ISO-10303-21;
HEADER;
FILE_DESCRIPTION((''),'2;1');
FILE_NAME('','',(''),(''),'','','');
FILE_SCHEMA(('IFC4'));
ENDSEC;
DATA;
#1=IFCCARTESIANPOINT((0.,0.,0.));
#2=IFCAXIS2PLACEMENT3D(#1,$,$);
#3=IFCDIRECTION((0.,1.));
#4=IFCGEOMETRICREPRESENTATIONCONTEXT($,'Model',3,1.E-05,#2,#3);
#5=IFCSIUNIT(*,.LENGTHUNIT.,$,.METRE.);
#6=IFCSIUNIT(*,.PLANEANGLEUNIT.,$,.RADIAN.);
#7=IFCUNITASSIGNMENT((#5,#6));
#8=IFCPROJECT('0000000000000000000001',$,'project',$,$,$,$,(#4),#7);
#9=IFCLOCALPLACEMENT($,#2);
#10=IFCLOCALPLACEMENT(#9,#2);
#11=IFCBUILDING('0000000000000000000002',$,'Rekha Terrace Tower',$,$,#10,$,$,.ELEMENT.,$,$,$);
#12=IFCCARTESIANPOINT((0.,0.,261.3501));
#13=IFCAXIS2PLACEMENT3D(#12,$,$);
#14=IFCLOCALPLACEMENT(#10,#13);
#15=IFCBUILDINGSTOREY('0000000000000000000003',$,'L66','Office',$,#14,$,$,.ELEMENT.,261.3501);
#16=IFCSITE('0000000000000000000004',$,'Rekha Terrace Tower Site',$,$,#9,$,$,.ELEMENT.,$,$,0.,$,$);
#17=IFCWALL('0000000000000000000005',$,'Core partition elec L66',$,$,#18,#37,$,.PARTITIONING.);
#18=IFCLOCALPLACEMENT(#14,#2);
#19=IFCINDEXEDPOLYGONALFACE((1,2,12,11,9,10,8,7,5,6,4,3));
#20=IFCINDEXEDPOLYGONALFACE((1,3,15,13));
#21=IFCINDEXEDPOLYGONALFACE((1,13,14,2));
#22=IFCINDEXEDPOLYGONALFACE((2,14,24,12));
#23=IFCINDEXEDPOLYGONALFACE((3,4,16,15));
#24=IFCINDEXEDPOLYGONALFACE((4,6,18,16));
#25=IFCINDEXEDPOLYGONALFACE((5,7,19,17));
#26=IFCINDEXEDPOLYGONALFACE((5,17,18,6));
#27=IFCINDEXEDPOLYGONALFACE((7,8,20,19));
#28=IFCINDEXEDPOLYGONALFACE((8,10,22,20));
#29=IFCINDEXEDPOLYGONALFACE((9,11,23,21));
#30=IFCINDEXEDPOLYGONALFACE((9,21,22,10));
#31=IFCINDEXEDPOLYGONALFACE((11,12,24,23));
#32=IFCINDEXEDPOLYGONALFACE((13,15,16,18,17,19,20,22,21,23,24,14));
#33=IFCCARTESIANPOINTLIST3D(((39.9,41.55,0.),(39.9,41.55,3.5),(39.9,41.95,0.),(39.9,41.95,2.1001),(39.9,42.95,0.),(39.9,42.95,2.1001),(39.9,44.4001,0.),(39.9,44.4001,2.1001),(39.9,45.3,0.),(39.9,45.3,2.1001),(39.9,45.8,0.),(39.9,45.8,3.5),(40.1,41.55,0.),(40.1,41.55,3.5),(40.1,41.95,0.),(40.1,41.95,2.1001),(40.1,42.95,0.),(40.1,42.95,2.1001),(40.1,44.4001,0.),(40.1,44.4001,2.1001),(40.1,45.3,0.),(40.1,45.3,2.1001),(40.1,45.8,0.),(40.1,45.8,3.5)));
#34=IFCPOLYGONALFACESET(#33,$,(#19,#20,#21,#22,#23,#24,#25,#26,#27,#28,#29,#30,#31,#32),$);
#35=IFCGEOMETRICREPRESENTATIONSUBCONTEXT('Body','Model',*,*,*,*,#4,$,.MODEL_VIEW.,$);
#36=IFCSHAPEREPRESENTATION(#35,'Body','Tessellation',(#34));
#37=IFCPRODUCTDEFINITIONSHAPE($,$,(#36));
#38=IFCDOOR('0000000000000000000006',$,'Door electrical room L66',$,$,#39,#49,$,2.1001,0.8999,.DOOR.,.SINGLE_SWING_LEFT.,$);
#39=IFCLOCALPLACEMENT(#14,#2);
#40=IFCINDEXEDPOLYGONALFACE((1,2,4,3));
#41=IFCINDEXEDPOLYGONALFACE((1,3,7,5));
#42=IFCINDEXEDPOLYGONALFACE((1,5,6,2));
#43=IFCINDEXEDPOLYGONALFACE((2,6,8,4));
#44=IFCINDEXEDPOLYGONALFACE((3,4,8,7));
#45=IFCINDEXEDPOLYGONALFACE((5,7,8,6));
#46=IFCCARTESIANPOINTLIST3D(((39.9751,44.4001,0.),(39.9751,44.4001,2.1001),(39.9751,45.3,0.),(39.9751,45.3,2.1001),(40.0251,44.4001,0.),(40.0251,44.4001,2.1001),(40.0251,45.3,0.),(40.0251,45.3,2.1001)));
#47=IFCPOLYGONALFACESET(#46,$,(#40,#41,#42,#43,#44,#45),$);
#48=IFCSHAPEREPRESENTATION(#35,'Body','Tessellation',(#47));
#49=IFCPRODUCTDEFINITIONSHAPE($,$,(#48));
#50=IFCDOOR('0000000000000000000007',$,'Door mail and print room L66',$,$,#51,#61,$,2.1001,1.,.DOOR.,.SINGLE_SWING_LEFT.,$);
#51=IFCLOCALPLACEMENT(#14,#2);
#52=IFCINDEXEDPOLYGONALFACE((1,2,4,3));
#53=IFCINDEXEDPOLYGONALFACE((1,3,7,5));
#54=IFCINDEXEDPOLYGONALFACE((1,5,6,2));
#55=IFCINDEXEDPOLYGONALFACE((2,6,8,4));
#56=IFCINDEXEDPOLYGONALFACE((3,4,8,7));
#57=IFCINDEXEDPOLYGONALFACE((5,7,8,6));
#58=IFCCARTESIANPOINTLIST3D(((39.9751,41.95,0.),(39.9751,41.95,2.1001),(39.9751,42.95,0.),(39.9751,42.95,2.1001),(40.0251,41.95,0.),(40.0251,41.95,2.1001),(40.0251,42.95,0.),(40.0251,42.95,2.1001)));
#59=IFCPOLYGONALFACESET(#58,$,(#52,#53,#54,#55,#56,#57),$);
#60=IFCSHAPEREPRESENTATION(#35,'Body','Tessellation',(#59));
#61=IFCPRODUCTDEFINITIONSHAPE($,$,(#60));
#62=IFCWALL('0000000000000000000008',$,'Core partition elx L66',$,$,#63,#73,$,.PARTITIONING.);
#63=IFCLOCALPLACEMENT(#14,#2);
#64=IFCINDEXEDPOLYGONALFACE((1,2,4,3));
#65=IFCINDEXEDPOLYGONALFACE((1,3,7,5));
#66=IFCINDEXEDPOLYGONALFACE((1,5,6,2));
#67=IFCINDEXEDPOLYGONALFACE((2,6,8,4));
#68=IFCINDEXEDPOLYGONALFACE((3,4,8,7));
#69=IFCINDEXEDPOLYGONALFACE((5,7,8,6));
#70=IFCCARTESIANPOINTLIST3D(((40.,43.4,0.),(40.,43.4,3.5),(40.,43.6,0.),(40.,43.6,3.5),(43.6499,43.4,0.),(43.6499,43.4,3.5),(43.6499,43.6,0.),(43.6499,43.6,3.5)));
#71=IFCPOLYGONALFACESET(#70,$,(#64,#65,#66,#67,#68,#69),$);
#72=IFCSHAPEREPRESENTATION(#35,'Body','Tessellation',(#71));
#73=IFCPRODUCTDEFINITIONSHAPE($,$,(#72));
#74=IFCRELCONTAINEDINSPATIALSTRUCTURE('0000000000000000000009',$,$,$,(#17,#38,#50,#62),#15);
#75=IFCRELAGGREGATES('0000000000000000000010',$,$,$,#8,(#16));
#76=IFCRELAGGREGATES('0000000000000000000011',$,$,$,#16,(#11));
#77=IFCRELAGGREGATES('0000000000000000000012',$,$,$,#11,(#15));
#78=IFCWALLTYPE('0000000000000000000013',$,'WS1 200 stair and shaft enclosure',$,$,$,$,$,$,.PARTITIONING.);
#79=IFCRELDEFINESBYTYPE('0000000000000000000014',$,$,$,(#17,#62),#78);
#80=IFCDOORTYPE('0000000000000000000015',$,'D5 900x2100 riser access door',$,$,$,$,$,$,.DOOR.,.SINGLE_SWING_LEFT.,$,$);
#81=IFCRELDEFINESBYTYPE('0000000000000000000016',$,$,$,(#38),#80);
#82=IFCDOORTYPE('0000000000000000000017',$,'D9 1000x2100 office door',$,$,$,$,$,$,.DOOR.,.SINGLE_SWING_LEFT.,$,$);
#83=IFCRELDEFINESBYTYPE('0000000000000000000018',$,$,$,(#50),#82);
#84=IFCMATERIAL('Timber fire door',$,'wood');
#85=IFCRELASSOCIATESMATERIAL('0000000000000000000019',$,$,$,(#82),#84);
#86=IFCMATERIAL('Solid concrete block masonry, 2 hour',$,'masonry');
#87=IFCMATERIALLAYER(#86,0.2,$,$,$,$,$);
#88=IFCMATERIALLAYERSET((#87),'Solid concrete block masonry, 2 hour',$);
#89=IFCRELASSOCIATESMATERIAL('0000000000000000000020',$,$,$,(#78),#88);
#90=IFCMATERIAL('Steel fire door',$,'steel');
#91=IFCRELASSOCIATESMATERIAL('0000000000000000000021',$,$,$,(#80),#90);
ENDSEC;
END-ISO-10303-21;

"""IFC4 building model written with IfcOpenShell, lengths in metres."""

from ifc_helpers import new_model, si_unit, direction, frame, frame_2d, origin, place, context, subcontext, project, spatial, rectangle, extrude, material, layer, layer_set, type_object, element, fill, save


model = new_model("IFC4")

# Units and contexts
model_context = context("Model", 3, precision=1e-05, world=origin(), true_north=direction((0.0, 1.0)))
body_context = subcontext(model_context, "Body", "Model", "MODEL_VIEW")
ifc_project = project(units=[si_unit("LENGTHUNIT", "METRE"), si_unit("PLANEANGLEUNIT", "RADIAN")], contexts=[model_context])

# Site, building, storey
site_placement = place(None, origin())
site = spatial("IfcSite", under=ifc_project, at=site_placement, Name="Rekha Terrace Tower Site", CompositionType="ELEMENT", RefElevation=0.0)
building_placement = place(site_placement, origin())
building = spatial("IfcBuilding", under=site, at=building_placement, Name="Rekha Terrace Tower", CompositionType="ELEMENT")
storey_placement = place(building_placement, frame((0.0, 0.0, 261.3501)))
storey = spatial("IfcBuildingStorey", under=building, at=storey_placement, Name="L66", Description="Office", CompositionType="ELEMENT", Elevation=261.3501)

# Shared definitions
ifc_material_1 = material(Name="Timber fire door", Category="wood")
door_type_1 = type_object("IfcDoorType", Name="D9 1000x2100 office door", OperationType="SINGLE_SWING_LEFT", PredefinedType="DOOR", material=ifc_material_1)

# Wall, openings, doors
ifc_material_2 = material(Name="Solid concrete block masonry, 2 hour", Category="masonry")
ifc_layer_1 = layer(ifc_material_2, 0.2)
ifc_layer_set_1 = layer_set([ifc_layer_1], Name="Solid concrete block masonry, 2 hour")
wall_type_1 = type_object("IfcWallType", Name="WS1 200 stair and shaft enclosure", PredefinedType="PARTITIONING", material=ifc_layer_set_1)
wall_1_placement = place(storey_placement, frame((40.0, 41.55, 0.0), z_axis=(0.0, 0.0, 1.0), x_axis=(0.0, 1.0, 0.0)))
wall_1 = element("IfcWall", 1, at=wall_1_placement, inside=storey, type_object=wall_type_1, Name="Core partition elec L66", PredefinedType="PARTITIONING", context=body_context, shape_type="SweptSolid", body=[
    extrude(rectangle(XDim=4.25, YDim=0.2, at=frame_2d((2.125, 0.0))), origin(), (0.0, 0.0, 1.0), 3.5),
])
opening_1_placement = place(wall_1_placement, frame((2.8501, 0.0, 0.0)))
opening_1 = element("IfcOpeningElement", 2, at=opening_1_placement, cuts=wall_1, PredefinedType="OPENING", context=body_context, shape_type="SweptSolid", body=[
    extrude(rectangle(XDim=0.8999, YDim=2.1001, at=frame_2d((0.45, 1.05))), frame((0.0, 0.1099, 0.0), z_axis=(0.0, -1.0, 0.0), x_axis=(1.0, 0.0, 0.0)), (0.0, 0.0, 1.0), 0.22),
])
opening_2_placement = place(wall_1_placement, frame((0.3999, 0.0, 0.0)))
opening_2 = element("IfcOpeningElement", 3, at=opening_2_placement, cuts=wall_1, PredefinedType="OPENING", context=body_context, shape_type="SweptSolid", body=[
    extrude(rectangle(XDim=1.0, YDim=2.1001, at=frame_2d((0.5, 1.05))), frame((0.0, 0.1099, 0.0), z_axis=(0.0, -1.0, 0.0), x_axis=(1.0, 0.0, 0.0)), (0.0, 0.0, 1.0), 0.22),
])
ifc_material_3 = material(Name="Steel fire door", Category="steel")
door_type_2 = type_object("IfcDoorType", Name="D5 900x2100 riser access door", OperationType="SINGLE_SWING_LEFT", PredefinedType="DOOR", material=ifc_material_3)
door_1_placement = place(opening_1_placement, origin())
door_1 = element("IfcDoor", 4, at=door_1_placement, inside=storey, type_object=door_type_2, Name="Door electrical room L66", OperationType="SINGLE_SWING_LEFT", OverallHeight=2.1001, OverallWidth=0.8999, PredefinedType="DOOR", context=body_context, shape_type="SweptSolid", body=[
    extrude(rectangle(XDim=0.8999, YDim=2.1001, at=frame_2d((0.45, 1.05))), frame((0.0, 0.0249, 0.0), z_axis=(0.0, -1.0, 0.0), x_axis=(1.0, 0.0, 0.0)), (0.0, 0.0, 1.0), 0.05),
])
fill(opening_1, door_1)
door_2_placement = place(opening_2_placement, origin())
door_2 = element("IfcDoor", 5, at=door_2_placement, inside=storey, type_object=door_type_1, Name="Door mail and print room L66", OperationType="SINGLE_SWING_LEFT", OverallHeight=2.1001, OverallWidth=1.0, PredefinedType="DOOR", context=body_context, shape_type="SweptSolid", body=[
    extrude(rectangle(XDim=1.0, YDim=2.1001, at=frame_2d((0.5, 1.05))), frame((0.0, 0.0249, 0.0), z_axis=(0.0, -1.0, 0.0), x_axis=(1.0, 0.0, 0.0)), (0.0, 0.0, 1.0), 0.05),
])
fill(opening_2, door_2)

# Wall
wall_2_placement = place(storey_placement, frame((40.0, 43.5, 0.0), z_axis=(0.0, 0.0, 1.0), x_axis=(1.0, 0.0, 0.0)))
element("IfcWall", 6, at=wall_2_placement, inside=storey, type_object=wall_type_1, Name="Core partition elx L66", PredefinedType="PARTITIONING", context=body_context, shape_type="SweptSolid", body=[
    extrude(rectangle(XDim=3.6499, YDim=0.2, at=frame_2d((1.825, 0.0))), origin(), (0.0, 0.0, 1.0), 3.5),
])

save(model, "model.ifc")
